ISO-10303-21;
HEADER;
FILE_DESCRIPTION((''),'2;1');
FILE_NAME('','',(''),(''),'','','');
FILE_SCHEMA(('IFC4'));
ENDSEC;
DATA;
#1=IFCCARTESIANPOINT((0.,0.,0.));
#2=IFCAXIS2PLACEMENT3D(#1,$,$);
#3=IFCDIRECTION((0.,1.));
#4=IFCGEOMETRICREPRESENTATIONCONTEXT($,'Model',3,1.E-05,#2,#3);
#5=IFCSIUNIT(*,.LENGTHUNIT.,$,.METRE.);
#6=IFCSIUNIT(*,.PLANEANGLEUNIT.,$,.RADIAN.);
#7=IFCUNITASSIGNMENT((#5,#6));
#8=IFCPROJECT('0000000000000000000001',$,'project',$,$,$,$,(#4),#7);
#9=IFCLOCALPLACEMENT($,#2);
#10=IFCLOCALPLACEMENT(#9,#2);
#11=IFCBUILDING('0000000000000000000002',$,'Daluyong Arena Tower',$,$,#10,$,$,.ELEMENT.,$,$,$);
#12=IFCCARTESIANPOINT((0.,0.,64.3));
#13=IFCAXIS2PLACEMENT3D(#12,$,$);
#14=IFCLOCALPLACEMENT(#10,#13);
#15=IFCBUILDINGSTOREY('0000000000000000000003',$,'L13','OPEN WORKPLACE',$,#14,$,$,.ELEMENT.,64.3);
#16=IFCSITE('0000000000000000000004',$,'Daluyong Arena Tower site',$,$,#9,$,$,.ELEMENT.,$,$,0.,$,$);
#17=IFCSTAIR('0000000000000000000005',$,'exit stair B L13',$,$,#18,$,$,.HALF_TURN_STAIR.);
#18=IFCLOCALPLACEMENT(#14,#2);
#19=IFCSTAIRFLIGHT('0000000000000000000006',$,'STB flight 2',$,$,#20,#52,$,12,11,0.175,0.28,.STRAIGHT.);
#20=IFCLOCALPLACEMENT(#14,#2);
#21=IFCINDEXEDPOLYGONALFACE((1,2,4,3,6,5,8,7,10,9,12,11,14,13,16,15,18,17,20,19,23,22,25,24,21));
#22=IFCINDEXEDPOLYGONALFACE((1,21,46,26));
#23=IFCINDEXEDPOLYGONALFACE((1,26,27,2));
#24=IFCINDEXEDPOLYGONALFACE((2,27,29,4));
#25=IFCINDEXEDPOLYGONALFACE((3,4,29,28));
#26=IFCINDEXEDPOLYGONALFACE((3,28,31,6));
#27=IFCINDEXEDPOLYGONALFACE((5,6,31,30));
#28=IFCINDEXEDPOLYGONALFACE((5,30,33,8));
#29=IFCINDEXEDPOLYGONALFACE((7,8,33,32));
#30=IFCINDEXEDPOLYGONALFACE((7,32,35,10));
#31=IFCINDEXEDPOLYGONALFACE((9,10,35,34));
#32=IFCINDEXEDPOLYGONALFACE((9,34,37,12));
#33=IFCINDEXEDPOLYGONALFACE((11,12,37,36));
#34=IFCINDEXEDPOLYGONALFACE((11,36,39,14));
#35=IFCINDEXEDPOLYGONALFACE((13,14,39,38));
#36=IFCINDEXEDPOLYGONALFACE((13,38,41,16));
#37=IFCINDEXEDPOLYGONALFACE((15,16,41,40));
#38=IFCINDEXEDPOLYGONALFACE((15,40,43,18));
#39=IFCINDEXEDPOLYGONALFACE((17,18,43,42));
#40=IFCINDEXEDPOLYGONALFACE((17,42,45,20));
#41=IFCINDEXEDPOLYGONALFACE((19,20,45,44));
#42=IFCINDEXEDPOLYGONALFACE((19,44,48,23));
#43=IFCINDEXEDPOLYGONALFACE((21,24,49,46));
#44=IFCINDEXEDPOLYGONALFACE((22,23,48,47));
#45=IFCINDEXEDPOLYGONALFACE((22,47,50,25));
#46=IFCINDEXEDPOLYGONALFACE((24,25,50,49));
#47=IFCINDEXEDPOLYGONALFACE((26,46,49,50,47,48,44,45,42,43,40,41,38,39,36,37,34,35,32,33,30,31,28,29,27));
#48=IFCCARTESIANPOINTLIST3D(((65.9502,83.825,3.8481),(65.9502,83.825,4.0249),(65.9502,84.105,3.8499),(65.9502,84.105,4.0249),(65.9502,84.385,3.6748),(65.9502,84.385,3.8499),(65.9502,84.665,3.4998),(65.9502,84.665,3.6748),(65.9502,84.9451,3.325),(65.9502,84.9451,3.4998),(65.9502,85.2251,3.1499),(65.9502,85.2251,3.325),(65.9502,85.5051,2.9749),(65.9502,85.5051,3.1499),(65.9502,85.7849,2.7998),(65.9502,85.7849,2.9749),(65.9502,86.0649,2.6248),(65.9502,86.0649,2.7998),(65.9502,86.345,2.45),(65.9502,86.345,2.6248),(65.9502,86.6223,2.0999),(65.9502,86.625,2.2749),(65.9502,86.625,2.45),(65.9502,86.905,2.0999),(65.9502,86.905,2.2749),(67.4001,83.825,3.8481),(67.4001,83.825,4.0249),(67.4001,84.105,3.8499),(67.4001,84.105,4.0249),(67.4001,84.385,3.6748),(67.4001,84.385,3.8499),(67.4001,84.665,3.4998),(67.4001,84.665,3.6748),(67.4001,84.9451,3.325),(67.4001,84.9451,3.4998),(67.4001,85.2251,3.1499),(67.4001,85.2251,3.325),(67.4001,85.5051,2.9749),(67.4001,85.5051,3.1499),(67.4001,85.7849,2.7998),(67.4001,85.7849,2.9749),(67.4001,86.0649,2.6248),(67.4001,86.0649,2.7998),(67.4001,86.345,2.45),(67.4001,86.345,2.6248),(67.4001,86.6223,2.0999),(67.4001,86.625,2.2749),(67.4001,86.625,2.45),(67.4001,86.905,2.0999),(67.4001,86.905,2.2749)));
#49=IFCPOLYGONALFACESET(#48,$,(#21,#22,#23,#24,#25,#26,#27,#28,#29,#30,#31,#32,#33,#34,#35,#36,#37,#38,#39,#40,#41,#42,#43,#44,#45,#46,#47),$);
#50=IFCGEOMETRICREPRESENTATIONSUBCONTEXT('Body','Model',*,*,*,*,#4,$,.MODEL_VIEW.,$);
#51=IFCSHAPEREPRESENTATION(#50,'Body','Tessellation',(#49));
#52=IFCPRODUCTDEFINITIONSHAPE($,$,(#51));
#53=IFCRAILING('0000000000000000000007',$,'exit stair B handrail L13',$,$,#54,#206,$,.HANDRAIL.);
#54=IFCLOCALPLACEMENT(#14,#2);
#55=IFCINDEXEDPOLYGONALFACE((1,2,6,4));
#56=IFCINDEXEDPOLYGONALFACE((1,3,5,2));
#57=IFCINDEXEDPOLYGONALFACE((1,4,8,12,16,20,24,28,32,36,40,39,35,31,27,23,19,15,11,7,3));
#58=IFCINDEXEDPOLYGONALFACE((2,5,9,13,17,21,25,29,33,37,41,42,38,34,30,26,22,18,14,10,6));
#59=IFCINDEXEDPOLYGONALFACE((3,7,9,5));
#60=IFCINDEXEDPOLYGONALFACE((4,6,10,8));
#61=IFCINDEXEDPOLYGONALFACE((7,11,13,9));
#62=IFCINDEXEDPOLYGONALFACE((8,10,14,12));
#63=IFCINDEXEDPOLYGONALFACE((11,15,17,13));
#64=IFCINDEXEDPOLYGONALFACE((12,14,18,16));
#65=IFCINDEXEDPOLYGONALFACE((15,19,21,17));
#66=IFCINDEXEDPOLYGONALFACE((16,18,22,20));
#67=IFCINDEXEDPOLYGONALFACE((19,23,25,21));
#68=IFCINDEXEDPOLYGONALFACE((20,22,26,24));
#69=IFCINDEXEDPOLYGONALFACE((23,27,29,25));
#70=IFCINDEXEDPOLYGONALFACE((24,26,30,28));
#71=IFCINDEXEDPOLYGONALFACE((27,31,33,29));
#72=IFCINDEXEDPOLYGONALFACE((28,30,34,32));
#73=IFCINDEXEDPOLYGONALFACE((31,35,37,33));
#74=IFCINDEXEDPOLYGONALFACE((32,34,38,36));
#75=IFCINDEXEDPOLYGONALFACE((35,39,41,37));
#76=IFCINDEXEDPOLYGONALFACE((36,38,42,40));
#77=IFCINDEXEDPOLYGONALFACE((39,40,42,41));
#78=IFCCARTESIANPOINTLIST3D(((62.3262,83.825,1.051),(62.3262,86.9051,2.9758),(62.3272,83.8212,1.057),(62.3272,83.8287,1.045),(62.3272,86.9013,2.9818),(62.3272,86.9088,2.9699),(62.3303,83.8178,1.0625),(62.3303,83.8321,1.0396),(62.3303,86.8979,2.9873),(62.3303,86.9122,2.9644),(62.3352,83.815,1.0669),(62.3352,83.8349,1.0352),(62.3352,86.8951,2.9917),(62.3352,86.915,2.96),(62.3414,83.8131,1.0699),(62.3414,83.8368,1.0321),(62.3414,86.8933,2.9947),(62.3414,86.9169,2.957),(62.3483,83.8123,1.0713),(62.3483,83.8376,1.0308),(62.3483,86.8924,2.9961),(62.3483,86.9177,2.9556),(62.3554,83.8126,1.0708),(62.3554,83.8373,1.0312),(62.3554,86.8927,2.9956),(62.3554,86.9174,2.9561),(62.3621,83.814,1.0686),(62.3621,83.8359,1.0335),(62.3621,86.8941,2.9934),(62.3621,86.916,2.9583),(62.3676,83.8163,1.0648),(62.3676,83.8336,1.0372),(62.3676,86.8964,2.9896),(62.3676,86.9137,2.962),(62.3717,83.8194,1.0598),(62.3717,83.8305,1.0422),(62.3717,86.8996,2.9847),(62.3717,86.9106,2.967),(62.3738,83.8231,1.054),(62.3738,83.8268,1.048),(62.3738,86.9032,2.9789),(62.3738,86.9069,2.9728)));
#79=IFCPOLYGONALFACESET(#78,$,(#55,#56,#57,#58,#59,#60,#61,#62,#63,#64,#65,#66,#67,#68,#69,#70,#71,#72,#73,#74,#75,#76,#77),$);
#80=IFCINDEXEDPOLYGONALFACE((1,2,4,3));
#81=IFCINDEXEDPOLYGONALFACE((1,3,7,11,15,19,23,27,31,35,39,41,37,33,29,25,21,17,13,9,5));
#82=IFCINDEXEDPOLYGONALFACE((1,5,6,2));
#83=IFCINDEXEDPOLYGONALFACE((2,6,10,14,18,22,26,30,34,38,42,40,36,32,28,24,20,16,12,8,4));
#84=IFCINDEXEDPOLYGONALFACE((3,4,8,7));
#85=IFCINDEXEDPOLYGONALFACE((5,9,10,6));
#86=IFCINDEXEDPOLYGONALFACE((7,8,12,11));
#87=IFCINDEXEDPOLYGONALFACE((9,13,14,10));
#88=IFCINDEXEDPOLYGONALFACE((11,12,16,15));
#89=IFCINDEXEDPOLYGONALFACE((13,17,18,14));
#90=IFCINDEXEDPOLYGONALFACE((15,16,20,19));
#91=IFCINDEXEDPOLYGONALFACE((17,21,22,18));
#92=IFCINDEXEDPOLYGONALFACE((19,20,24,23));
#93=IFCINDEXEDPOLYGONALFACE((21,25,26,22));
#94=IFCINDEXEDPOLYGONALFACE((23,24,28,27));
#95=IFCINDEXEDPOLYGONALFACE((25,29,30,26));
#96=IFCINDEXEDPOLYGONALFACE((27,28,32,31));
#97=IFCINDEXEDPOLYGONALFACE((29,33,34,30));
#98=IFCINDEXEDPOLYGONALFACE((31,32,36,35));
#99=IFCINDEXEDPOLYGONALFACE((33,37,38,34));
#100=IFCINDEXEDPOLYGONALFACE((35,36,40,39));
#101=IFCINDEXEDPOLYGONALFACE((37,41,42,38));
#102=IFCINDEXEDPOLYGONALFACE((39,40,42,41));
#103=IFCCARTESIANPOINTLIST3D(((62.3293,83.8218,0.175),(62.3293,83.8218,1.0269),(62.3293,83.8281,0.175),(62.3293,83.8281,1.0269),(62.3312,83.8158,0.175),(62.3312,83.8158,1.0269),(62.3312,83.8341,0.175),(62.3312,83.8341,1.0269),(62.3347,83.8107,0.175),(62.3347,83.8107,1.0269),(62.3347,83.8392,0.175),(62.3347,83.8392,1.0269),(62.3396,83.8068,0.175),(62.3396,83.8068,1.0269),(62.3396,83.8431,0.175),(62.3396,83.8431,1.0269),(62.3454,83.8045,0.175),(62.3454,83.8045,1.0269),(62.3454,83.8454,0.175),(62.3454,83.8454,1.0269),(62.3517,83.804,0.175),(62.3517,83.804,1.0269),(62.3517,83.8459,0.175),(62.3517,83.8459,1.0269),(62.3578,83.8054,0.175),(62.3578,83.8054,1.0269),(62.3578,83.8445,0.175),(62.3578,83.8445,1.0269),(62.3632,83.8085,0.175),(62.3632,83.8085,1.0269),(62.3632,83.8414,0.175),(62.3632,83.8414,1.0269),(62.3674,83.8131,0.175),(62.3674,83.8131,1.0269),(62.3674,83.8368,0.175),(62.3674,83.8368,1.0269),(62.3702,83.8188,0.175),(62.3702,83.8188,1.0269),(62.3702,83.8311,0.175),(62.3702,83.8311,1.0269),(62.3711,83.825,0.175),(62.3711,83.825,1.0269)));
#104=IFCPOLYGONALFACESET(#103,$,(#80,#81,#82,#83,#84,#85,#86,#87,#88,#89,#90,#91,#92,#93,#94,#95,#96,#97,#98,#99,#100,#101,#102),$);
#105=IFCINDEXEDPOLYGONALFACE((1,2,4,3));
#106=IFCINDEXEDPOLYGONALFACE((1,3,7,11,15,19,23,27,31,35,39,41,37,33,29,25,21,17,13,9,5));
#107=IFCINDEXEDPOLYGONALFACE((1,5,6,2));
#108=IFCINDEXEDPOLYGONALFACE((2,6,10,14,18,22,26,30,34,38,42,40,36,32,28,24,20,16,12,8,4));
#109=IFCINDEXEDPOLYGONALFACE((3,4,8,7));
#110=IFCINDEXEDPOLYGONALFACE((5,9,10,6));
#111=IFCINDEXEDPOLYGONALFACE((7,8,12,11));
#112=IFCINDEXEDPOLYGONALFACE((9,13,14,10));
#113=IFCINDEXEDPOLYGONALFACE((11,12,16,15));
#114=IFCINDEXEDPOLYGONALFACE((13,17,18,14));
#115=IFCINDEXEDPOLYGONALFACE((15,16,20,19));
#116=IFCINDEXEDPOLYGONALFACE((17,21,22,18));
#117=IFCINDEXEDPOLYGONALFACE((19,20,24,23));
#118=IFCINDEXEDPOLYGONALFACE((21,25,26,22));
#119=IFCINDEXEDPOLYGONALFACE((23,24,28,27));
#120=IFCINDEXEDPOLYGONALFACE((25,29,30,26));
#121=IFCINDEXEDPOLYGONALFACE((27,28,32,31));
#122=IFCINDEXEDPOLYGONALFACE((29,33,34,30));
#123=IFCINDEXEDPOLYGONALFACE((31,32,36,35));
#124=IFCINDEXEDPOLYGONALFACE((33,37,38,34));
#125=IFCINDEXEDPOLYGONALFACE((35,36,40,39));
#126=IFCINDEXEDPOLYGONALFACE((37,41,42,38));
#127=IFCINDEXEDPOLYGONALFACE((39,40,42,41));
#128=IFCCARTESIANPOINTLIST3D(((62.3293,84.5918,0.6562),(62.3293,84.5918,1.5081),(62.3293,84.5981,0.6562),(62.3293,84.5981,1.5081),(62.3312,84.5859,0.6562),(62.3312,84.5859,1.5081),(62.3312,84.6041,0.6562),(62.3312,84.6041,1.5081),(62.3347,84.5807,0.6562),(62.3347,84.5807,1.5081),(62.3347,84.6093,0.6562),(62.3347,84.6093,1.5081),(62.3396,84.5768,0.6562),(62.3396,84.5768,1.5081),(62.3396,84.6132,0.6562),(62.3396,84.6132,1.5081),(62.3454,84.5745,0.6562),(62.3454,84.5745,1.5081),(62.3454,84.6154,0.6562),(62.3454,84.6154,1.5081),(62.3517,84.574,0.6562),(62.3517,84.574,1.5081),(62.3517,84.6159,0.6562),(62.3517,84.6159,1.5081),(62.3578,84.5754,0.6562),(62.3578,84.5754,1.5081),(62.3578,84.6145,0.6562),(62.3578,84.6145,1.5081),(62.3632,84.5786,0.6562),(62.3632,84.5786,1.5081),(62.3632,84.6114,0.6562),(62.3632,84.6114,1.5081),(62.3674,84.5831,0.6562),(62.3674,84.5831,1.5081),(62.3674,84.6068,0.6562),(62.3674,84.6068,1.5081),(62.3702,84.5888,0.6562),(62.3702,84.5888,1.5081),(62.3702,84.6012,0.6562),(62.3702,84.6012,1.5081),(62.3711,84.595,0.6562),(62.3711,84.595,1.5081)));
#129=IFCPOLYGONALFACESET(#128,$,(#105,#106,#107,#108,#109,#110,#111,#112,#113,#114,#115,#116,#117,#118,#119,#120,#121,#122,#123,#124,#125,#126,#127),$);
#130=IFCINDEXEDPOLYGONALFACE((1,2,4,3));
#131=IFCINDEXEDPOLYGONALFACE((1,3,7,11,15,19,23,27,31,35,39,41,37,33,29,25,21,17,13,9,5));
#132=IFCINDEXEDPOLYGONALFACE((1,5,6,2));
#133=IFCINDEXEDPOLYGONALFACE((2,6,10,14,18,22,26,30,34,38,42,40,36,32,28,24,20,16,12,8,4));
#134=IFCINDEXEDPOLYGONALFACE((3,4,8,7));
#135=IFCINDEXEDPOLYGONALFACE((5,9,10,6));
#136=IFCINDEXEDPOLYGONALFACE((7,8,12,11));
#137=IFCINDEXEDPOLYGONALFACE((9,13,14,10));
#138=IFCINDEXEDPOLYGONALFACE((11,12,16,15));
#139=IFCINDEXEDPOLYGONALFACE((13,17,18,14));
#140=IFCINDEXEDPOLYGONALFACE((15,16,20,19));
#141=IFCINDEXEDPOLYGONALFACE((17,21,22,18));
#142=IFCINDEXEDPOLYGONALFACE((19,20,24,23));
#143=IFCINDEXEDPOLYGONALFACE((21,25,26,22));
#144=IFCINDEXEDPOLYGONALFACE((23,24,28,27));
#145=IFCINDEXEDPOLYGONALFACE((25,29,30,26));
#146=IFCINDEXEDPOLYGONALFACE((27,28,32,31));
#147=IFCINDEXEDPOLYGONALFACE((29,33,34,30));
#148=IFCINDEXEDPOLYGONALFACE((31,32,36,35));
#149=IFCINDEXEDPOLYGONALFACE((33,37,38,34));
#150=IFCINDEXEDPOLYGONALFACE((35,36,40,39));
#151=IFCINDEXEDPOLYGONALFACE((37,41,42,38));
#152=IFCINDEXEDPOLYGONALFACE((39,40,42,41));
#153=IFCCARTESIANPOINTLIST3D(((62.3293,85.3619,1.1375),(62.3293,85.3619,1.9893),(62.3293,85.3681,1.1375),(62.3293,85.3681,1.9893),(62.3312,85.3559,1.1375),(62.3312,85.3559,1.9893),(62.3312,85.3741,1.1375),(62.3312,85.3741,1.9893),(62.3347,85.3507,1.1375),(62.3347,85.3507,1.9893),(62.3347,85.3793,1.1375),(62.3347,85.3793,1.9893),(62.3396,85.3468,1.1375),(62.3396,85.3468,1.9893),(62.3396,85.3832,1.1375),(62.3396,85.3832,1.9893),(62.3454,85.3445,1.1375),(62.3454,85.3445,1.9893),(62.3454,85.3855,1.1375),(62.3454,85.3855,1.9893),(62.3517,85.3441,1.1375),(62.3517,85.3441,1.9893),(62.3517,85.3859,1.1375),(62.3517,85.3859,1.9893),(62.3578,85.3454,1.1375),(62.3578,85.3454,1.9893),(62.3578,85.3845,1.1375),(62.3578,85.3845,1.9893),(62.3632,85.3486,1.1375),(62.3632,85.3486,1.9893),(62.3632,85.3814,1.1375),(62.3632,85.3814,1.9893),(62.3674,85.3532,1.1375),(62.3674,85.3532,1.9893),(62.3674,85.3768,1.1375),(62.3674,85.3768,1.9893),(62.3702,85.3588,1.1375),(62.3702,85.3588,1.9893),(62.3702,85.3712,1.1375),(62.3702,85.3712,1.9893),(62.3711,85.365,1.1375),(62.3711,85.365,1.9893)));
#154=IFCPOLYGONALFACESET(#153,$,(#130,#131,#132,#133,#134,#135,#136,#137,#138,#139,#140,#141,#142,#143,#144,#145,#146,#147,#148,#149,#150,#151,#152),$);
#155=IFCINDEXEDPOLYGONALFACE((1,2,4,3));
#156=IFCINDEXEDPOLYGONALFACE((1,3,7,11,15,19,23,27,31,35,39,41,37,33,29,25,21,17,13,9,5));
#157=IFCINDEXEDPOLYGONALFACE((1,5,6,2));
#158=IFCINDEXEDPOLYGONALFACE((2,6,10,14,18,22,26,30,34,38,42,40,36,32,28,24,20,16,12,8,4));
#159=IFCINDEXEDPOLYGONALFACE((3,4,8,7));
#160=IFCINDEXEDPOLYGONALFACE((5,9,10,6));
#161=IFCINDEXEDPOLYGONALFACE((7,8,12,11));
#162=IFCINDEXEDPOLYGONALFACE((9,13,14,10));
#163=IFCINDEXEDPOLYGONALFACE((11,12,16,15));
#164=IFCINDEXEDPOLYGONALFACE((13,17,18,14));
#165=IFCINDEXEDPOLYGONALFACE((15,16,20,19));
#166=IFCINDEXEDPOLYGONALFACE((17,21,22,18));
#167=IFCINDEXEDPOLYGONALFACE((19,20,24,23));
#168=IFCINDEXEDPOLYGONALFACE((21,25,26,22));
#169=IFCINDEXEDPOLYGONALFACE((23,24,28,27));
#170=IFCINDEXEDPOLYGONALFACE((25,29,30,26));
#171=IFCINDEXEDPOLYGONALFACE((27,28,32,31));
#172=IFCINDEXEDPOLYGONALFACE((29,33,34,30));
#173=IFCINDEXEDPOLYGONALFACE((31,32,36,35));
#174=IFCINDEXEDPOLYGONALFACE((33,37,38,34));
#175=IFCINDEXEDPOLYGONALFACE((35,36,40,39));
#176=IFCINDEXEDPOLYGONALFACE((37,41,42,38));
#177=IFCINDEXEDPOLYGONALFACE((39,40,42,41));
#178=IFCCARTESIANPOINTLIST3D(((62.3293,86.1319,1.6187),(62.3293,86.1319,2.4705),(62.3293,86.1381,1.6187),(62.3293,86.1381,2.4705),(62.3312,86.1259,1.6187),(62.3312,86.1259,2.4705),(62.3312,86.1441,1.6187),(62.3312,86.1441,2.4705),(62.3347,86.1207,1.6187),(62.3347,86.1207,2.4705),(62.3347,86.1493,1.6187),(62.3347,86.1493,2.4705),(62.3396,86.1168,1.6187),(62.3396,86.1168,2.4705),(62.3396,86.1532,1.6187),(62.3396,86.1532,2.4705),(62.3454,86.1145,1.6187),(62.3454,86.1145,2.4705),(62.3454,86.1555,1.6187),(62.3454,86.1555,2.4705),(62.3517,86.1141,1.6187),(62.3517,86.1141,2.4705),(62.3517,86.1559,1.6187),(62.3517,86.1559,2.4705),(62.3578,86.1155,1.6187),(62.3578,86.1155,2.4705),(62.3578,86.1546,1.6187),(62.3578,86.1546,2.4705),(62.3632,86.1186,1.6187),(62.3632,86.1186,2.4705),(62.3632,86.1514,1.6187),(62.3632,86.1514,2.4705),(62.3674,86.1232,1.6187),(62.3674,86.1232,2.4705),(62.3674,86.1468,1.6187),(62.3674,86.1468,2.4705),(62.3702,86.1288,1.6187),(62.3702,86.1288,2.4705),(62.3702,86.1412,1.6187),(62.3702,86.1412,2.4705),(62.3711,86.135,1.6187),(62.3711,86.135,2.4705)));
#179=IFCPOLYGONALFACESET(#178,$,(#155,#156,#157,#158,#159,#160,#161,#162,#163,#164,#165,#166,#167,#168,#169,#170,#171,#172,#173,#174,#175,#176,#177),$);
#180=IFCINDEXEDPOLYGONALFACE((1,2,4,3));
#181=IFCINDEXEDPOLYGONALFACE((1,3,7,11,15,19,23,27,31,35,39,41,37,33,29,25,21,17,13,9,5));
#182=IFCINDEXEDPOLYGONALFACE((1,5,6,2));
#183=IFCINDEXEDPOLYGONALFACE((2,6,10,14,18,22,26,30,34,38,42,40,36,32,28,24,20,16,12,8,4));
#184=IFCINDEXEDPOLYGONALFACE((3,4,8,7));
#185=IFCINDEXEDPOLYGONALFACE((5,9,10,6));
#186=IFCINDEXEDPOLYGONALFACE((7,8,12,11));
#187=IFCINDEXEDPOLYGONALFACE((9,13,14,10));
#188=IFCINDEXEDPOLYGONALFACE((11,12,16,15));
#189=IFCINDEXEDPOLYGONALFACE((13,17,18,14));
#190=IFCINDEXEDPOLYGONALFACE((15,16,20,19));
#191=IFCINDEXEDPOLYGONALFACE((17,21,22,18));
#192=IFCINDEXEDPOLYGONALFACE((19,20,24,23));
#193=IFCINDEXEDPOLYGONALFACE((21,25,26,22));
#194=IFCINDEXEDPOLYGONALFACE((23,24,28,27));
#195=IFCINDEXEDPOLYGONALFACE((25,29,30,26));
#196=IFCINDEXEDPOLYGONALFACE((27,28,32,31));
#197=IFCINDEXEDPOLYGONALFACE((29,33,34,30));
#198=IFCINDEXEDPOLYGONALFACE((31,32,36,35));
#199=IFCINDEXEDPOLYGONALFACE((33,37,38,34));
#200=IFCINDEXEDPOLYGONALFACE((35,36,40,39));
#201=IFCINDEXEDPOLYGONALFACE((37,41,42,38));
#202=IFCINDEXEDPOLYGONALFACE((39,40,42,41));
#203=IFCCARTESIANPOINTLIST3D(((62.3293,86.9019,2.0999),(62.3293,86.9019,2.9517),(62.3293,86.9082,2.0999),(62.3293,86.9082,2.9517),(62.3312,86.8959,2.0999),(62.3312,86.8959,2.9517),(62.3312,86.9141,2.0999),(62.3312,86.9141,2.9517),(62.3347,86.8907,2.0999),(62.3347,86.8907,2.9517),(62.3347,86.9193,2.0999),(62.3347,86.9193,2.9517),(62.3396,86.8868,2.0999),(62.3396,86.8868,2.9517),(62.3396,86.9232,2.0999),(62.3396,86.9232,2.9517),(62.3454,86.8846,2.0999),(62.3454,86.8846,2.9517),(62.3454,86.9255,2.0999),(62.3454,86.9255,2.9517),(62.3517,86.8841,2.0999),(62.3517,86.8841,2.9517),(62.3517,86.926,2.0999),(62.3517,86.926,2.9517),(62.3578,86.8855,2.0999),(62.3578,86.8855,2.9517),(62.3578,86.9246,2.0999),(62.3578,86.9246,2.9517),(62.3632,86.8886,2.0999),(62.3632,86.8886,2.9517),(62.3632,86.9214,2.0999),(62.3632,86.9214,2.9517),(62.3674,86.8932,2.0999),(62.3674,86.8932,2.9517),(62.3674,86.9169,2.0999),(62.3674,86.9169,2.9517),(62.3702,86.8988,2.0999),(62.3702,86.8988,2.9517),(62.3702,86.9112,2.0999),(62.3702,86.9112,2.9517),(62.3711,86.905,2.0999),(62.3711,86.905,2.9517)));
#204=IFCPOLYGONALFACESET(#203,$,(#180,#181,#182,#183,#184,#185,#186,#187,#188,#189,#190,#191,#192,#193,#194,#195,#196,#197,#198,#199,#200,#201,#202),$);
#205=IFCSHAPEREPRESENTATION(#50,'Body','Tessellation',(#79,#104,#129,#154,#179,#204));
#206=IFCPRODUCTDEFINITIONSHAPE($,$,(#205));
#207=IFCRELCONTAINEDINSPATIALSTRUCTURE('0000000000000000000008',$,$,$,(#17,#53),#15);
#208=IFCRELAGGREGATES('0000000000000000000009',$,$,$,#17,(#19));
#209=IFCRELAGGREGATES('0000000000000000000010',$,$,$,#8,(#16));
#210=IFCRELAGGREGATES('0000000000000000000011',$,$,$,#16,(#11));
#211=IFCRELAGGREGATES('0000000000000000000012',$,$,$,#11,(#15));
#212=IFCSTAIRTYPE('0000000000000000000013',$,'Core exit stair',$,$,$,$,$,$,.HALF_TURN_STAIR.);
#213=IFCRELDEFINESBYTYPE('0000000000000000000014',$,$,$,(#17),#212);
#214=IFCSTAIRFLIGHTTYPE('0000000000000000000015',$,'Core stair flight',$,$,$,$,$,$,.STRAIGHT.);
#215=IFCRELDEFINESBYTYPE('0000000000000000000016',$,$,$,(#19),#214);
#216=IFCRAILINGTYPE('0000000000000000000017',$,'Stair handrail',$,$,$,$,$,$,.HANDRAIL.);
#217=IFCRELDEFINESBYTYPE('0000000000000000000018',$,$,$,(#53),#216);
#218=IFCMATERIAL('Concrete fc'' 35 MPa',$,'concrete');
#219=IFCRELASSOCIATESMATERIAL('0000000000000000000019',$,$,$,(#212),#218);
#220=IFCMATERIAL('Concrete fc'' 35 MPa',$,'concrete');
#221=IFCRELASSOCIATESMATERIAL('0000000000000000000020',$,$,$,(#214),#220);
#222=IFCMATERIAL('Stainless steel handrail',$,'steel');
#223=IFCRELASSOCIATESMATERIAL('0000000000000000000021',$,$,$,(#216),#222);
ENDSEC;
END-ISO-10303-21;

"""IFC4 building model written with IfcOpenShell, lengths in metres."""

from ifc_helpers import new_model, si_unit, direction, frame, origin, origin_2d, place, context, subcontext, project, spatial, polyline, circle, outline, extrude, material, type_object, element, aggregate, save


model = new_model("IFC4")

# Units and contexts
model_context = context("Model", 3, precision=1e-05, world=origin(), true_north=direction((0.0, 1.0)))
body_context = subcontext(model_context, "Body", "Model", "MODEL_VIEW")
ifc_project = project(units=[si_unit("LENGTHUNIT", "METRE"), si_unit("PLANEANGLEUNIT", "RADIAN")], contexts=[model_context])

# Site, building, storey
site_placement = place(None, origin())
site = spatial("IfcSite", under=ifc_project, at=site_placement, Name="Daluyong Arena Tower site", CompositionType="ELEMENT", RefElevation=0.0)
building_placement = place(site_placement, origin())
building = spatial("IfcBuilding", under=site, at=building_placement, Name="Daluyong Arena Tower", CompositionType="ELEMENT")
storey_placement = place(building_placement, frame((0.0, 0.0, 64.3)))
storey = spatial("IfcBuildingStorey", under=building, at=storey_placement, Name="L13", Description="OPEN WORKPLACE", CompositionType="ELEMENT", Elevation=64.3)

# Stair, stair flight
ifc_material_1 = material(Name="Concrete fc' 35 MPa", Category="concrete")
stair_type = type_object("IfcStairType", Name="Core exit stair", PredefinedType="HALF_TURN_STAIR", material=ifc_material_1)
stair_placement = place(storey_placement, origin())
stair = element("IfcStair", 1, at=stair_placement, inside=storey, type_object=stair_type, Name="exit stair B L13", PredefinedType="HALF_TURN_STAIR")
ifc_material_2 = material(Name="Concrete fc' 35 MPa", Category="concrete")
stair_flight_type = type_object("IfcStairFlightType", Name="Core stair flight", PredefinedType="STRAIGHT", material=ifc_material_2)
stair_flight_1_placement = place(storey_placement, frame((66.675, 86.905, 2.0999), z_axis=(0.0, 0.0, 1.0), x_axis=(0.0, -1.0, 0.0)))
stair_flight_1 = element("IfcStairFlight", 2, at=stair_flight_1_placement, type_object=stair_flight_type, Name="STB flight 2", NumberOfRisers=12, NumberOfTreads=11, PredefinedType="STRAIGHT", RiserHeight=0.175, TreadLength=0.28, context=body_context, shape_type="SweptSolid", body=[
    extrude(outline(polyline([(0.0, 0.0), (0.0, 0.175), (0.28, 0.175), (0.28, 0.3501), (0.5601, 0.3501), (0.5601, 0.5249), (0.8401, 0.5249), (0.8401, 0.7), (1.1201, 0.7), (1.1201, 0.875), (1.3999, 0.875), (1.3999, 1.05), (1.6799, 1.05), (1.6799, 1.2251), (1.96, 1.2251), (1.96, 1.3999), (2.24, 1.3999), (2.24, 1.575), (2.52, 1.575), (2.52, 1.75), (2.8, 1.75), (2.8, 1.925), (3.0801, 1.925), (3.0801, 2.1001), (3.0801, 1.7483), (0.2827, 0.0), (0.0, 0.0)])), frame((0.0, 0.7251, 0.0), z_axis=(0.0, -1.0, 0.0), x_axis=(1.0, 0.0, 0.0)), (0.0, 0.0, 1.0), 1.45),
])
aggregate(stair, [stair_flight_1])

# Railing
ifc_material_3 = material(Name="Stainless steel handrail", Category="steel")
railing_type_1 = type_object("IfcRailingType", Name="Stair handrail", PredefinedType="HANDRAIL", material=ifc_material_3)
railing_1_placement = place(storey_placement, frame((62.3501, 83.825, 0.175)))
element("IfcRailing", 3, at=railing_1_placement, inside=storey, type_object=railing_type_1, Name="exit stair B handrail L13", PredefinedType="HANDRAIL", context=body_context, shape_type="SweptSolid", body=[
    extrude(circle(Radius=0.0239, at=origin_2d()), frame((0.0, 0.0, 0.876), z_axis=(0.0, 0.848029, 0.529951), x_axis=(-1.0, 0.0, 0.0)), (0.0, 0.0, 1.0), 3.6321),
    extrude(circle(Radius=0.021, at=origin_2d()), origin(), (0.0, 0.0, 1.0), 0.8518),
    extrude(circle(Radius=0.021, at=origin_2d()), frame((0.0, 0.77, 0.4812)), (0.0, 0.0, 1.0), 0.8518),
    extrude(circle(Radius=0.021, at=origin_2d()), frame((0.0, 1.54, 0.9624)), (0.0, 0.0, 1.0), 0.8518),
    extrude(circle(Radius=0.021, at=origin_2d()), frame((0.0, 2.3101, 1.4436)), (0.0, 0.0, 1.0), 0.8518),
    extrude(circle(Radius=0.021, at=origin_2d()), frame((0.0, 3.0801, 1.9248)), (0.0, 0.0, 1.0), 0.8518),
])

save(model, "model.ifc")
